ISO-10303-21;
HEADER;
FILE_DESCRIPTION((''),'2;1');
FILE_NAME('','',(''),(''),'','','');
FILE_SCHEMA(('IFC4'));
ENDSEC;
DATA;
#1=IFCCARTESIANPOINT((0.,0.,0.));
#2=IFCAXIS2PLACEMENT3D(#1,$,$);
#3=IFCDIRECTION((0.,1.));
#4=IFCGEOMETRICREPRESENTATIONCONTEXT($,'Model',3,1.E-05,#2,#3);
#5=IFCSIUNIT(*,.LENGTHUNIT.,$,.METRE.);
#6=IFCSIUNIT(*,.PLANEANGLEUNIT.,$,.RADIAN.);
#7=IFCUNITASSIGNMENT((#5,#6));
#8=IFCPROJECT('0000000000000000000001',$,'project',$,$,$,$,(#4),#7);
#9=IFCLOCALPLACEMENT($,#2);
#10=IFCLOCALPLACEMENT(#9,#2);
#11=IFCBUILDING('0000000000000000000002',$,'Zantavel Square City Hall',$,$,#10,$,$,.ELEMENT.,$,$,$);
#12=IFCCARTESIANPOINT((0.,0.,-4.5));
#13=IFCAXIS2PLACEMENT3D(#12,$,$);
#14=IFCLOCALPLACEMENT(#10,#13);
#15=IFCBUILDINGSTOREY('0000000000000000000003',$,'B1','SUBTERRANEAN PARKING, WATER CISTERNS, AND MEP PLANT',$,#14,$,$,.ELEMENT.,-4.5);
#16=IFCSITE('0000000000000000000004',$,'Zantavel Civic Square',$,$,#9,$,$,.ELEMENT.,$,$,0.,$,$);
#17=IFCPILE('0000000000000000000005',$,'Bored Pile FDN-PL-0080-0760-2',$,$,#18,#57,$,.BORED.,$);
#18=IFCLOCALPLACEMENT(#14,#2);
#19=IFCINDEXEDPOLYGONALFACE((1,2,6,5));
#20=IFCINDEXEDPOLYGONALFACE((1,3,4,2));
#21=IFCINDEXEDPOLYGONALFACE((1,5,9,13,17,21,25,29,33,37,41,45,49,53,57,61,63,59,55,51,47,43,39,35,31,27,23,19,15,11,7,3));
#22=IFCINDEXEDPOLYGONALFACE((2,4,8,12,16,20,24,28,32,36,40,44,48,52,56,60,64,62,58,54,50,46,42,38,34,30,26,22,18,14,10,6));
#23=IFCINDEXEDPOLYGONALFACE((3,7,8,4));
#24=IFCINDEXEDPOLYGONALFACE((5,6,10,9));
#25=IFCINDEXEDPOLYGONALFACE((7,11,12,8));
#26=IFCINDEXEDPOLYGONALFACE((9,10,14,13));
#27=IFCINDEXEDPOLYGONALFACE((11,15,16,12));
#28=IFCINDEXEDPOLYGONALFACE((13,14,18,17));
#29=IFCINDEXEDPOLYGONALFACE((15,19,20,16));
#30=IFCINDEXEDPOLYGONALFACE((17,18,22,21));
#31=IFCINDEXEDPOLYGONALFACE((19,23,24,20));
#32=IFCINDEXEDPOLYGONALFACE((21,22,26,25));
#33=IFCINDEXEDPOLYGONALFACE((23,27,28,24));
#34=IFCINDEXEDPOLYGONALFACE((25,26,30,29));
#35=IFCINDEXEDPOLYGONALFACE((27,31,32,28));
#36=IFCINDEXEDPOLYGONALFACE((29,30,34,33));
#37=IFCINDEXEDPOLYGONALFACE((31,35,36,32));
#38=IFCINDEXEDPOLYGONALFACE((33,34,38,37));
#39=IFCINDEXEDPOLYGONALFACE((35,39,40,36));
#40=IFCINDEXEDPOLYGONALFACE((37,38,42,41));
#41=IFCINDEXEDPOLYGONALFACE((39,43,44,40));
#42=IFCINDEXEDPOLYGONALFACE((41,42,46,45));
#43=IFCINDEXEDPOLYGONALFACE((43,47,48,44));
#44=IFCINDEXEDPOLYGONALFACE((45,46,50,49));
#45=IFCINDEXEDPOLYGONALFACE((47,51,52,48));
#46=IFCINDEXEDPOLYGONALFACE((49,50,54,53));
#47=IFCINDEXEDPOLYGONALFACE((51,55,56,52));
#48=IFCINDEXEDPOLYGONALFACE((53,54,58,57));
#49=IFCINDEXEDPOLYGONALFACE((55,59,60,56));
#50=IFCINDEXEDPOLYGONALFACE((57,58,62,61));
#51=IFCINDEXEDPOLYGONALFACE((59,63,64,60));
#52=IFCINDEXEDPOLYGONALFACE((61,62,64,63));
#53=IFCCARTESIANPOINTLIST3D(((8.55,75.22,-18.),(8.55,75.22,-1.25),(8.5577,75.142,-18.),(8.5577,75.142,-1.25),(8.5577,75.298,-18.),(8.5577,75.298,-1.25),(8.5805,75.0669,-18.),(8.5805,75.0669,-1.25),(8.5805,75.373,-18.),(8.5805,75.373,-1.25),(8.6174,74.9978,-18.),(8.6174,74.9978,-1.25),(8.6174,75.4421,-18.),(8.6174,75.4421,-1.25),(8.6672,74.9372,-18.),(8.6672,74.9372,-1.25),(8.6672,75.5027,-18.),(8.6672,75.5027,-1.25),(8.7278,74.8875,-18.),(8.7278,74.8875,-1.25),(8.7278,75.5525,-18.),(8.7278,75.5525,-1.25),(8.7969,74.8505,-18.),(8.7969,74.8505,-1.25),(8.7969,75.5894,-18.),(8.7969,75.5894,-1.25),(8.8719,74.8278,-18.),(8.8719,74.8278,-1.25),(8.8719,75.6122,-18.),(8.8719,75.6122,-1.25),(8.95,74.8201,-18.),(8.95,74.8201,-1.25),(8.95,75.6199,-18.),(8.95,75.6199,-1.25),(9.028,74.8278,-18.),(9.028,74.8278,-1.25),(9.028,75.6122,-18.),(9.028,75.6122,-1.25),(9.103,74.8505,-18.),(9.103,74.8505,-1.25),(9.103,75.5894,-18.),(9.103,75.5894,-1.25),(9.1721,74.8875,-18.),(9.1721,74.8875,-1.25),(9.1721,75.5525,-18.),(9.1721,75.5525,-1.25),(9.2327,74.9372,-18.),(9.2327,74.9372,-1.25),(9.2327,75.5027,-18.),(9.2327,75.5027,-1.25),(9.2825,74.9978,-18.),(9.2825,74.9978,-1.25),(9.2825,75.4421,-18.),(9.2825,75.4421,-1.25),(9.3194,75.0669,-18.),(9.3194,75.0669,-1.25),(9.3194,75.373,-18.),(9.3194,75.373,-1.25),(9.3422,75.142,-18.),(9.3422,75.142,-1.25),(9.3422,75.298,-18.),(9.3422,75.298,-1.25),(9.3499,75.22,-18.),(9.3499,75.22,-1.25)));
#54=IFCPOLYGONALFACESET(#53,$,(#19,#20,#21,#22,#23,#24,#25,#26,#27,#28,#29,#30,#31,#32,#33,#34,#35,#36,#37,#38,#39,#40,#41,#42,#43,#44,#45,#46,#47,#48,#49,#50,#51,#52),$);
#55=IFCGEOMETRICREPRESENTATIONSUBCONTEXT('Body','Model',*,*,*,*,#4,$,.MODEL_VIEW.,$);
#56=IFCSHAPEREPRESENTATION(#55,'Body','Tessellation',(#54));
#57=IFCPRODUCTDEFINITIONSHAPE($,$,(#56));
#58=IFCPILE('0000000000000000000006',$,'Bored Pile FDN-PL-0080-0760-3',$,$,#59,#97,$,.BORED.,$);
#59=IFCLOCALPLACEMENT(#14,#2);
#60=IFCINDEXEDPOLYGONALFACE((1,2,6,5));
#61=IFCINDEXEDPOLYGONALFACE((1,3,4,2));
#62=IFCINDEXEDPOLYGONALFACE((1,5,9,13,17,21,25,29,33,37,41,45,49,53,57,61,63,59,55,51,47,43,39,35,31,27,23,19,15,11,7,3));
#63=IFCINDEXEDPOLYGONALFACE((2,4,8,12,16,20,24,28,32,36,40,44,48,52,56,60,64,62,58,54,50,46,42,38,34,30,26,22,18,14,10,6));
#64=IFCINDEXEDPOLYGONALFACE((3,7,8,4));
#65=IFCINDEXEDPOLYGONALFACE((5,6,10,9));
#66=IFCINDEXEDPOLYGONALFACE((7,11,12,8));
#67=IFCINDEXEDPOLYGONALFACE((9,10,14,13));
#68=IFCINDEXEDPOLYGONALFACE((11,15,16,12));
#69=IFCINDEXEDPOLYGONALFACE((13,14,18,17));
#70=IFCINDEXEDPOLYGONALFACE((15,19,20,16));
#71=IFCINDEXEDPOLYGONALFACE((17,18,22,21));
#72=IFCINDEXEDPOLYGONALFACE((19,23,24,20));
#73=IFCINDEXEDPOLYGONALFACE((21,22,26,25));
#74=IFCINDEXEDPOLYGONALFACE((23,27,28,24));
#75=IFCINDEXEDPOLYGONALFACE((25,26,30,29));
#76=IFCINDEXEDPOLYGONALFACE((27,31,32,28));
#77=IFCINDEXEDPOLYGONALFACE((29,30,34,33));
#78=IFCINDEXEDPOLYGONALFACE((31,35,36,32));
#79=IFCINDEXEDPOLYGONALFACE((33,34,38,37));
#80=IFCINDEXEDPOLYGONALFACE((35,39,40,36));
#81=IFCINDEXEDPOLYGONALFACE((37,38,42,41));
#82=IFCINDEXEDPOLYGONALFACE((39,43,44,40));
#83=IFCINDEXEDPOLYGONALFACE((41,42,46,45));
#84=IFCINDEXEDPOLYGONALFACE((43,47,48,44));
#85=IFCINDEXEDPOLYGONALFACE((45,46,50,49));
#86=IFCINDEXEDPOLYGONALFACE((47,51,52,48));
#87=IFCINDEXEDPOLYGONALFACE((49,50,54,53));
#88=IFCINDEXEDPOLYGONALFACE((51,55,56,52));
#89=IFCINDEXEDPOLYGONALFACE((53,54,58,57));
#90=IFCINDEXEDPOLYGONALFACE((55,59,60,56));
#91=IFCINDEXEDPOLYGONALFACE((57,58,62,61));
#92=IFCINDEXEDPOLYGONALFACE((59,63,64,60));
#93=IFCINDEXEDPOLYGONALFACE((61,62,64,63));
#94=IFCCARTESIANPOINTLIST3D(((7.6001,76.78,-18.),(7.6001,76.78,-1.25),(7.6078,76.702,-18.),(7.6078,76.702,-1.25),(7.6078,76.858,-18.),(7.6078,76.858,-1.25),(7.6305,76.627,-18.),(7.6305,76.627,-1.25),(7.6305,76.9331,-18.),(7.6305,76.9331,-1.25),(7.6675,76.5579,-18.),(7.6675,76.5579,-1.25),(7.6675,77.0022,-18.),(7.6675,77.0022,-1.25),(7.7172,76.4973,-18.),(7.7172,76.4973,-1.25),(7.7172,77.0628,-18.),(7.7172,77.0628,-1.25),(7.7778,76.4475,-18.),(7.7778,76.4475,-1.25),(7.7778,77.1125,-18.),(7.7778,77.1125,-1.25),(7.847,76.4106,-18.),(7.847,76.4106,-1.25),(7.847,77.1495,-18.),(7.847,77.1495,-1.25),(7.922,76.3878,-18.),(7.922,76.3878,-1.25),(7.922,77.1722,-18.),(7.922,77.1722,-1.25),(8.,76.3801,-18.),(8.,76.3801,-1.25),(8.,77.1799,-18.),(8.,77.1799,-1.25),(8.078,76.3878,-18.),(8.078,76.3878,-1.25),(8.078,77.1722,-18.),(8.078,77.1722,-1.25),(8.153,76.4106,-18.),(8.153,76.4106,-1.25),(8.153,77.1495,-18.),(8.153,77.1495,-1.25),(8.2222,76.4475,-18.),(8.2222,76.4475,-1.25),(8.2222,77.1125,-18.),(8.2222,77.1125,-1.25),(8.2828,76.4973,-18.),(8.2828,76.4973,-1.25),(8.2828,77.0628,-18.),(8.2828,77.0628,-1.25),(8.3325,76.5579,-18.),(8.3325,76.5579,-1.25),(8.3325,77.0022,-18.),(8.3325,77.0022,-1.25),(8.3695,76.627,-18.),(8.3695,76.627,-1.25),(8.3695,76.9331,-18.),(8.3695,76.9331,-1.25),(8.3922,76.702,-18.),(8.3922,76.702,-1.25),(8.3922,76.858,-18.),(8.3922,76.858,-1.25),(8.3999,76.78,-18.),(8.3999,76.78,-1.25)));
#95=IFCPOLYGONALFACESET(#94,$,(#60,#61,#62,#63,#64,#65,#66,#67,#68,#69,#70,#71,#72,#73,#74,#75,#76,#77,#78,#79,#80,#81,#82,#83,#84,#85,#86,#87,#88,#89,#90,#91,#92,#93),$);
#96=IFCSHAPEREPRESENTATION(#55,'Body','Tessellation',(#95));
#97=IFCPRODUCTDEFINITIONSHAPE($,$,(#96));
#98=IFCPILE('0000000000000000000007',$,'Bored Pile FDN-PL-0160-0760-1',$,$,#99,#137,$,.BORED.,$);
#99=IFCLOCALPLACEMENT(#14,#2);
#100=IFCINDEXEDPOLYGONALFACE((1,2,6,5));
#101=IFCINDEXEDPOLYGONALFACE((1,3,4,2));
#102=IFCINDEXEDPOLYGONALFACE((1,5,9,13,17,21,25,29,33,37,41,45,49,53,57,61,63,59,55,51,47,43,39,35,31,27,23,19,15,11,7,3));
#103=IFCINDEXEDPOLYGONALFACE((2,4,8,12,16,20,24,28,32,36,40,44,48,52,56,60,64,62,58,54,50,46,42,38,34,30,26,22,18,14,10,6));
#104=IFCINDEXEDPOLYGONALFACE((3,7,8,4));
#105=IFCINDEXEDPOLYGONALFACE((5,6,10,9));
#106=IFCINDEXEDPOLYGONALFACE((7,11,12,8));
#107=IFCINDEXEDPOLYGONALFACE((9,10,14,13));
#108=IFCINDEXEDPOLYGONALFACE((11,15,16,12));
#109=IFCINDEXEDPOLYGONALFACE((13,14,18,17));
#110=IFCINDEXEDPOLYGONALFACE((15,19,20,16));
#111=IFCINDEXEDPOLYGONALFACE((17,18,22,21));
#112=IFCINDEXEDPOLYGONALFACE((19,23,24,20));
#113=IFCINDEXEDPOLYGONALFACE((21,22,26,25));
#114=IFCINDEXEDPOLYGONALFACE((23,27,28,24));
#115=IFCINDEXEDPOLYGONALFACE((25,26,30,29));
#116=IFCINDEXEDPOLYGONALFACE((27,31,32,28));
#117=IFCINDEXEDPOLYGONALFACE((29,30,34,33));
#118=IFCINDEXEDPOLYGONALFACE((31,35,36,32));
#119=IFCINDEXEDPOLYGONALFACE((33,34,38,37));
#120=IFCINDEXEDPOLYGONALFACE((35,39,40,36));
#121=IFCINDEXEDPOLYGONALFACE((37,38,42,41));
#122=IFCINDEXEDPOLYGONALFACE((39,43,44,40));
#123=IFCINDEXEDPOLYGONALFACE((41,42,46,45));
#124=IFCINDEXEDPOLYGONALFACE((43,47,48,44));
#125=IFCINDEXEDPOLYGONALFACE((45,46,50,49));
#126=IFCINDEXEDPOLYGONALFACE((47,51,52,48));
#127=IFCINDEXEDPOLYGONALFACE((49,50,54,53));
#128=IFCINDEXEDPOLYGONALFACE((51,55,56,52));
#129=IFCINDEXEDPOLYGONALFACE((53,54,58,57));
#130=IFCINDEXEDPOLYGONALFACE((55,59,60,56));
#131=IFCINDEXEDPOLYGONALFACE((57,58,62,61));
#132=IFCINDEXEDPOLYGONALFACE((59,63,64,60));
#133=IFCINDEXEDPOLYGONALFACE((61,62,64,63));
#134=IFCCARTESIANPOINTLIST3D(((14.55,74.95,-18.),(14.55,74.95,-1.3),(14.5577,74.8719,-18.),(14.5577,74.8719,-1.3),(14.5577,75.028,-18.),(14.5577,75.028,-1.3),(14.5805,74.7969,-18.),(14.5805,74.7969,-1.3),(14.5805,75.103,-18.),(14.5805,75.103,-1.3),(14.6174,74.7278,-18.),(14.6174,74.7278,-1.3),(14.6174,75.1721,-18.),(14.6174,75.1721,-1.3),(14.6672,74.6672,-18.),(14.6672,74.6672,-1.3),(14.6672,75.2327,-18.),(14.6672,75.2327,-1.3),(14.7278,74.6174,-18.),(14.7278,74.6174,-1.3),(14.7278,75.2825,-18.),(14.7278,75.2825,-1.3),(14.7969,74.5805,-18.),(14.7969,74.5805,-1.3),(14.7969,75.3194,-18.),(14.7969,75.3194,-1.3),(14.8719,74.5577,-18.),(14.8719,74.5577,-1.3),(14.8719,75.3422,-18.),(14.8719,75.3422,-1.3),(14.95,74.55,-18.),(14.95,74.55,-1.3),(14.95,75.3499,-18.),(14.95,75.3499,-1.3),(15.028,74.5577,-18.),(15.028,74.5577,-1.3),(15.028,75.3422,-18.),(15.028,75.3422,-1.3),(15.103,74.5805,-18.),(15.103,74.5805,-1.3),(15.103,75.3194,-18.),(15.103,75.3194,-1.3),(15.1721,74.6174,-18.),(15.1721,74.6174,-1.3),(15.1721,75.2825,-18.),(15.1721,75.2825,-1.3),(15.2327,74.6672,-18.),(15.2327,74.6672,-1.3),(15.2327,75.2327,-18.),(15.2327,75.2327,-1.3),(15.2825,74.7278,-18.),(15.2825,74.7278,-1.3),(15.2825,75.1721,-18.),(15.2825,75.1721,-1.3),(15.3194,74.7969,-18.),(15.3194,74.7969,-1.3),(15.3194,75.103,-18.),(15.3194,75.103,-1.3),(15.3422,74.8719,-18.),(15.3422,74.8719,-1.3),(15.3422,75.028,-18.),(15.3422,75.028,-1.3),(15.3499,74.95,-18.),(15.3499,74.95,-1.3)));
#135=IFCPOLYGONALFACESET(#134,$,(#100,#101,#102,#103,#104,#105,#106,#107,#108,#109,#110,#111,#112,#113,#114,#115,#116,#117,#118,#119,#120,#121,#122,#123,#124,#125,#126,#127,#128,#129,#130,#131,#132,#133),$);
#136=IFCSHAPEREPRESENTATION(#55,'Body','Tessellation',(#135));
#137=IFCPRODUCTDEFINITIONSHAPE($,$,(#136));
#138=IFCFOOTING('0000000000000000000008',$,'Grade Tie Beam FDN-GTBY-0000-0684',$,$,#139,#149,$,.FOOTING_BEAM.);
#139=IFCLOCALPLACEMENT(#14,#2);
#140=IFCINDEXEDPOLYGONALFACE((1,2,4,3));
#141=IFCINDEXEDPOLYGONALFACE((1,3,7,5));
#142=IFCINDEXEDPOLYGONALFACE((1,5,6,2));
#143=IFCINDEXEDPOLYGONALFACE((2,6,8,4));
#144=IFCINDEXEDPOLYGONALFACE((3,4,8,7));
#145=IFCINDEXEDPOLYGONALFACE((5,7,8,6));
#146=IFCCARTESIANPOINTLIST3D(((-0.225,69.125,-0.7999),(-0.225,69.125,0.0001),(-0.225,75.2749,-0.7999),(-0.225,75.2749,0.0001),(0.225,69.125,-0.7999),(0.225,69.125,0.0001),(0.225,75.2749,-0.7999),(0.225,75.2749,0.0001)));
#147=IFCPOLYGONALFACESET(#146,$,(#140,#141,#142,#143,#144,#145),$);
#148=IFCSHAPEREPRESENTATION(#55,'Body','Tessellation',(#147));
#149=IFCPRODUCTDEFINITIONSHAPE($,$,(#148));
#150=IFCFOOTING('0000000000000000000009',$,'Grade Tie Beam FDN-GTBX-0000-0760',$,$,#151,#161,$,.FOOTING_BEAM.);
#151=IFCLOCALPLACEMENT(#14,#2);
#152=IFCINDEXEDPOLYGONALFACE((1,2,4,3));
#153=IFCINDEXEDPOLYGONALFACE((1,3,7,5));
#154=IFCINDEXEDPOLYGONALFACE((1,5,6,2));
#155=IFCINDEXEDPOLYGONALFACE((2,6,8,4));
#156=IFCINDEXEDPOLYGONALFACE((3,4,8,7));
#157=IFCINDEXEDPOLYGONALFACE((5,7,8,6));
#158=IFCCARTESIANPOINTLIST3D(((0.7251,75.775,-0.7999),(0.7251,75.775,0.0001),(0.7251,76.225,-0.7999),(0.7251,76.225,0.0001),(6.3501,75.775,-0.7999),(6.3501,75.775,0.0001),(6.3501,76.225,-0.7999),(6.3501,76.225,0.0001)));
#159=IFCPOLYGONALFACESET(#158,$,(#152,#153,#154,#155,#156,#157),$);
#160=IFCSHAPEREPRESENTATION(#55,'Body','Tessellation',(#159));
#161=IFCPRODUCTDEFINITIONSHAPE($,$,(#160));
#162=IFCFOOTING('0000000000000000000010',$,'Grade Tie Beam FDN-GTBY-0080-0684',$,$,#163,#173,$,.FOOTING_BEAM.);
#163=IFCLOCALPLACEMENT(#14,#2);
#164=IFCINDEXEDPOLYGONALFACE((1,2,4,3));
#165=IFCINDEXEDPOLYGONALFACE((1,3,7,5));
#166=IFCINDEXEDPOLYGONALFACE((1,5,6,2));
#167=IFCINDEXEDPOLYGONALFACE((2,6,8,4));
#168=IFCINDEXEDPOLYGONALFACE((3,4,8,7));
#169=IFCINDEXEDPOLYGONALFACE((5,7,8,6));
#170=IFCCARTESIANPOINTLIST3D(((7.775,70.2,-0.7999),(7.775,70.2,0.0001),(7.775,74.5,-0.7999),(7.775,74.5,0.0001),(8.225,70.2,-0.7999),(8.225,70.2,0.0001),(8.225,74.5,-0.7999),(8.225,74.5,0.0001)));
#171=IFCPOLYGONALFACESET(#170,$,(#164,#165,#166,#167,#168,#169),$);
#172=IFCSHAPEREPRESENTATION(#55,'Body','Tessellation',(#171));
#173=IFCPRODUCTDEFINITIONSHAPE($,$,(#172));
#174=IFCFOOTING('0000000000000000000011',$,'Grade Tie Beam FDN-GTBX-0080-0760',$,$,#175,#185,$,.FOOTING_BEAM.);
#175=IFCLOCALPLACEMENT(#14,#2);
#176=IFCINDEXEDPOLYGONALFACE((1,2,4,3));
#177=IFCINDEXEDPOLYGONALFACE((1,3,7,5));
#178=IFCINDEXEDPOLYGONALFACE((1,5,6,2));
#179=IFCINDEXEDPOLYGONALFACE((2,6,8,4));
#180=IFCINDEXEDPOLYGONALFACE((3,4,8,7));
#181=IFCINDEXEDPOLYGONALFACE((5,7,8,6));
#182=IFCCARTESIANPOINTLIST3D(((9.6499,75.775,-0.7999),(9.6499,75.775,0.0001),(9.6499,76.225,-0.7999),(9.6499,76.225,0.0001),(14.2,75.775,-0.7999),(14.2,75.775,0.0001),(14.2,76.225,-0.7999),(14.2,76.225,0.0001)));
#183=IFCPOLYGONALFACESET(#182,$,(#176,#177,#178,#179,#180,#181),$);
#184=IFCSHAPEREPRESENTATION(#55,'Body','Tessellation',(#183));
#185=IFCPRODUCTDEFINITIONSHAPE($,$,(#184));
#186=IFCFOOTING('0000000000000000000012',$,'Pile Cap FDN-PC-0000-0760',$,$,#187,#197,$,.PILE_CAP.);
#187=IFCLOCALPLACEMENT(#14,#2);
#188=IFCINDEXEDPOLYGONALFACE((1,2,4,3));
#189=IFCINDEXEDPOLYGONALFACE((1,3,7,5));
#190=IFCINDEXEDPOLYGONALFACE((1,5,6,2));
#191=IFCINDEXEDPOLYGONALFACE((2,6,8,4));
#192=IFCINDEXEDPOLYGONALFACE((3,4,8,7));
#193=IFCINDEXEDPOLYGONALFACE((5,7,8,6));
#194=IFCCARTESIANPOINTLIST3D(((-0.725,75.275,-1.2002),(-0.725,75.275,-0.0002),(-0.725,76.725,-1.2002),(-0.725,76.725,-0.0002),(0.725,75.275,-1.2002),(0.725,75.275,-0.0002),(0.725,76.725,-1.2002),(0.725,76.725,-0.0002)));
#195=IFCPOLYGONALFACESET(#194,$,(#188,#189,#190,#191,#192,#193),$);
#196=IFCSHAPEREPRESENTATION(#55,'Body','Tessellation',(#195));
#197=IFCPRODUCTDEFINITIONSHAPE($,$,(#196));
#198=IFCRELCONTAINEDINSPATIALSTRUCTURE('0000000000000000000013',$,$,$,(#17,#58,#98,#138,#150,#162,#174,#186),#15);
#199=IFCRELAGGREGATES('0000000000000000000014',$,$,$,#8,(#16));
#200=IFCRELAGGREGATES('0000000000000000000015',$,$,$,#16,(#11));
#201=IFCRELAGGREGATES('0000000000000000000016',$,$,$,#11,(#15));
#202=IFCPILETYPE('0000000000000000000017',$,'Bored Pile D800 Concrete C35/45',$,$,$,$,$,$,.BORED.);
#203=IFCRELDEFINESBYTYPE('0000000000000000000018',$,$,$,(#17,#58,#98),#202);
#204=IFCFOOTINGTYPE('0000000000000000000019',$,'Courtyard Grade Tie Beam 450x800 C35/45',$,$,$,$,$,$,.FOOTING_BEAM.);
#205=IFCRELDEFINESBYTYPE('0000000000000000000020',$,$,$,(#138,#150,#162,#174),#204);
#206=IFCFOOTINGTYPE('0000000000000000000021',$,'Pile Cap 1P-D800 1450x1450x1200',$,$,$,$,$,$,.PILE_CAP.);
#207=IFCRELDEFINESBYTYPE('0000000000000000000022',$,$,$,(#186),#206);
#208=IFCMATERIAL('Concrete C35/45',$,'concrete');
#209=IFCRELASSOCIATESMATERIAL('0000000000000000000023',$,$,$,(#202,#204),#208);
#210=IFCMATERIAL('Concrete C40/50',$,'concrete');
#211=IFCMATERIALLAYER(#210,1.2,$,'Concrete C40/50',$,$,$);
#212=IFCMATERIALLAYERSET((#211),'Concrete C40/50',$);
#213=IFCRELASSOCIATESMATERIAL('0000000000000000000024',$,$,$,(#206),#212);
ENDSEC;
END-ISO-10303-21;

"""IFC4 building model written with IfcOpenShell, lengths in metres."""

from ifc_helpers import new_model, si_unit, direction, frame, origin, origin_2d, place, context, subcontext, project, spatial, rectangle, circle, extrude, material, layer, layer_set, material_profile, profile_set, type_object, element, save


model = new_model("IFC4")

# Units and contexts
model_context = context("Model", 3, precision=1e-05, world=origin(), true_north=direction((0.0, 1.0)))
body_context = subcontext(model_context, "Body", "Model", "MODEL_VIEW")
ifc_project = project(units=[si_unit("LENGTHUNIT", "METRE"), si_unit("PLANEANGLEUNIT", "RADIAN")], contexts=[model_context])

# Site, building, storey
site_placement = place(None, origin())
site = spatial("IfcSite", under=ifc_project, at=site_placement, Name="Zantavel Civic Square", CompositionType="ELEMENT", RefElevation=0.0)
building_placement = place(site_placement, origin())
building = spatial("IfcBuilding", under=site, at=building_placement, Name="Zantavel Square City Hall", CompositionType="ELEMENT")
storey_placement = place(building_placement, frame((0.0, 0.0, -4.5)))
storey = spatial("IfcBuildingStorey", under=building, at=storey_placement, Name="B1", Description="SUBTERRANEAN PARKING, WATER CISTERNS, AND MEP PLANT", CompositionType="ELEMENT", Elevation=-4.5)

# Piles
ifc_material_1 = material(Name="Concrete C35/45", Category="concrete")
ifc_material_profile_1 = material_profile(ifc_material_1, circle(Radius=0.3999, at=origin_2d()), Name="PILE D800")
ifc_profile_set_1 = profile_set([ifc_material_profile_1], Name="Concrete C35/45")
pile_type = type_object("IfcPileType", Name="Bored Pile D800 Concrete C35/45", PredefinedType="BORED", material=ifc_profile_set_1)
for number, where, z_axis, x_axis, name in (
    (1, (8.95, 75.22, -1.25), (0.0, 0.0, -1.0), (1.0, 0.0, 0.0), "Bored Pile FDN-PL-0080-0760-2"),
    (2, (8.0, 76.78, -1.25), (0.0, 0.0, -1.0), (1.0, 0.0, 0.0), "Bored Pile FDN-PL-0080-0760-3"),
):
    element("IfcPile", number, at=place(storey_placement, frame(where, z_axis=z_axis, x_axis=x_axis)), inside=storey, type_object=pile_type, Name=name, PredefinedType="BORED", context=body_context, shape_type="SweptSolid", body=[
        extrude(circle(Radius=0.3999, at=origin_2d()), origin(), (0.0, 0.0, 1.0), 16.75),
    ])
pile_1_placement = place(storey_placement, frame((14.95, 74.95, -1.3), z_axis=(0.0, 0.0, -1.0), x_axis=(1.0, 0.0, 0.0)))
element("IfcPile", 3, at=pile_1_placement, inside=storey, type_object=pile_type, Name="Bored Pile FDN-PL-0160-0760-1", PredefinedType="BORED", context=body_context, shape_type="SweptSolid", body=[
    extrude(circle(Radius=0.3999, at=origin_2d()), origin(), (0.0, 0.0, 1.0), 16.7),
])

# Footings
ifc_material_profile_2 = material_profile(ifc_material_1, rectangle(XDim=0.45, YDim=0.8, at=origin_2d()), Name="RC 450x800")
ifc_profile_set_2 = profile_set([ifc_material_profile_2], Name="Concrete C35/45")
footing_type_1 = type_object("IfcFootingType", Name="Courtyard Grade Tie Beam 450x800 C35/45", PredefinedType="FOOTING_BEAM", material=ifc_profile_set_2)
footing_1_placement = place(storey_placement, frame((0.0, 69.125, -0.3999), z_axis=(0.0, 1.0, 0.0), x_axis=(-1.0, 0.0, 0.0)))
element("IfcFooting", 4, at=footing_1_placement, inside=storey, type_object=footing_type_1, Name="Grade Tie Beam FDN-GTBY-0000-0684", PredefinedType="FOOTING_BEAM", context=body_context, shape_type="SweptSolid", body=[
    extrude(rectangle(XDim=0.45, YDim=0.8, at=origin_2d()), origin(), (0.0, 0.0, 1.0), 6.1499),
])
footing_2_placement = place(storey_placement, frame((0.7251, 76.0, -0.3999), z_axis=(1.0, 0.0, 0.0), x_axis=(0.0, 1.0, 0.0)))
element("IfcFooting", 5, at=footing_2_placement, inside=storey, type_object=footing_type_1, Name="Grade Tie Beam FDN-GTBX-0000-0760", PredefinedType="FOOTING_BEAM", context=body_context, shape_type="SweptSolid", body=[
    extrude(rectangle(XDim=0.45, YDim=0.8, at=origin_2d()), origin(), (0.0, 0.0, 1.0), 5.625),
])
footing_3_placement = place(storey_placement, frame((8.0, 70.2, -0.3999), z_axis=(0.0, 1.0, 0.0), x_axis=(-1.0, 0.0, 0.0)))
element("IfcFooting", 6, at=footing_3_placement, inside=storey, type_object=footing_type_1, Name="Grade Tie Beam FDN-GTBY-0080-0684", PredefinedType="FOOTING_BEAM", context=body_context, shape_type="SweptSolid", body=[
    extrude(rectangle(XDim=0.45, YDim=0.8, at=origin_2d()), origin(), (0.0, 0.0, 1.0), 4.3),
])
footing_4_placement = place(storey_placement, frame((9.6499, 76.0, -0.3999), z_axis=(1.0, 0.0, 0.0), x_axis=(0.0, 1.0, 0.0)))
element("IfcFooting", 7, at=footing_4_placement, inside=storey, type_object=footing_type_1, Name="Grade Tie Beam FDN-GTBX-0080-0760", PredefinedType="FOOTING_BEAM", context=body_context, shape_type="SweptSolid", body=[
    extrude(rectangle(XDim=0.45, YDim=0.8, at=origin_2d()), origin(), (0.0, 0.0, 1.0), 4.55),
])
ifc_material_2 = material(Name="Concrete C40/50", Category="concrete")
ifc_layer_1 = layer(ifc_material_2, 1.2, Name="Concrete C40/50")
ifc_layer_set_1 = layer_set([ifc_layer_1], Name="Concrete C40/50")
footing_type_2 = type_object("IfcFootingType", Name="Pile Cap 1P-D800 1450x1450x1200", PredefinedType="PILE_CAP", material=ifc_layer_set_1)
footing_5_placement = place(storey_placement, frame((0.0, 76.0, -1.2002), z_axis=(0.0, 0.0, 1.0), x_axis=(1.0, 0.0, 0.0)))
element("IfcFooting", 8, at=footing_5_placement, inside=storey, type_object=footing_type_2, Name="Pile Cap FDN-PC-0000-0760", PredefinedType="PILE_CAP", context=body_context, shape_type="SweptSolid", body=[
    extrude(rectangle(XDim=1.45, YDim=1.45, at=origin_2d()), origin(), (0.0, 0.0, 1.0), 1.2),
])

save(model, "model.ifc")
